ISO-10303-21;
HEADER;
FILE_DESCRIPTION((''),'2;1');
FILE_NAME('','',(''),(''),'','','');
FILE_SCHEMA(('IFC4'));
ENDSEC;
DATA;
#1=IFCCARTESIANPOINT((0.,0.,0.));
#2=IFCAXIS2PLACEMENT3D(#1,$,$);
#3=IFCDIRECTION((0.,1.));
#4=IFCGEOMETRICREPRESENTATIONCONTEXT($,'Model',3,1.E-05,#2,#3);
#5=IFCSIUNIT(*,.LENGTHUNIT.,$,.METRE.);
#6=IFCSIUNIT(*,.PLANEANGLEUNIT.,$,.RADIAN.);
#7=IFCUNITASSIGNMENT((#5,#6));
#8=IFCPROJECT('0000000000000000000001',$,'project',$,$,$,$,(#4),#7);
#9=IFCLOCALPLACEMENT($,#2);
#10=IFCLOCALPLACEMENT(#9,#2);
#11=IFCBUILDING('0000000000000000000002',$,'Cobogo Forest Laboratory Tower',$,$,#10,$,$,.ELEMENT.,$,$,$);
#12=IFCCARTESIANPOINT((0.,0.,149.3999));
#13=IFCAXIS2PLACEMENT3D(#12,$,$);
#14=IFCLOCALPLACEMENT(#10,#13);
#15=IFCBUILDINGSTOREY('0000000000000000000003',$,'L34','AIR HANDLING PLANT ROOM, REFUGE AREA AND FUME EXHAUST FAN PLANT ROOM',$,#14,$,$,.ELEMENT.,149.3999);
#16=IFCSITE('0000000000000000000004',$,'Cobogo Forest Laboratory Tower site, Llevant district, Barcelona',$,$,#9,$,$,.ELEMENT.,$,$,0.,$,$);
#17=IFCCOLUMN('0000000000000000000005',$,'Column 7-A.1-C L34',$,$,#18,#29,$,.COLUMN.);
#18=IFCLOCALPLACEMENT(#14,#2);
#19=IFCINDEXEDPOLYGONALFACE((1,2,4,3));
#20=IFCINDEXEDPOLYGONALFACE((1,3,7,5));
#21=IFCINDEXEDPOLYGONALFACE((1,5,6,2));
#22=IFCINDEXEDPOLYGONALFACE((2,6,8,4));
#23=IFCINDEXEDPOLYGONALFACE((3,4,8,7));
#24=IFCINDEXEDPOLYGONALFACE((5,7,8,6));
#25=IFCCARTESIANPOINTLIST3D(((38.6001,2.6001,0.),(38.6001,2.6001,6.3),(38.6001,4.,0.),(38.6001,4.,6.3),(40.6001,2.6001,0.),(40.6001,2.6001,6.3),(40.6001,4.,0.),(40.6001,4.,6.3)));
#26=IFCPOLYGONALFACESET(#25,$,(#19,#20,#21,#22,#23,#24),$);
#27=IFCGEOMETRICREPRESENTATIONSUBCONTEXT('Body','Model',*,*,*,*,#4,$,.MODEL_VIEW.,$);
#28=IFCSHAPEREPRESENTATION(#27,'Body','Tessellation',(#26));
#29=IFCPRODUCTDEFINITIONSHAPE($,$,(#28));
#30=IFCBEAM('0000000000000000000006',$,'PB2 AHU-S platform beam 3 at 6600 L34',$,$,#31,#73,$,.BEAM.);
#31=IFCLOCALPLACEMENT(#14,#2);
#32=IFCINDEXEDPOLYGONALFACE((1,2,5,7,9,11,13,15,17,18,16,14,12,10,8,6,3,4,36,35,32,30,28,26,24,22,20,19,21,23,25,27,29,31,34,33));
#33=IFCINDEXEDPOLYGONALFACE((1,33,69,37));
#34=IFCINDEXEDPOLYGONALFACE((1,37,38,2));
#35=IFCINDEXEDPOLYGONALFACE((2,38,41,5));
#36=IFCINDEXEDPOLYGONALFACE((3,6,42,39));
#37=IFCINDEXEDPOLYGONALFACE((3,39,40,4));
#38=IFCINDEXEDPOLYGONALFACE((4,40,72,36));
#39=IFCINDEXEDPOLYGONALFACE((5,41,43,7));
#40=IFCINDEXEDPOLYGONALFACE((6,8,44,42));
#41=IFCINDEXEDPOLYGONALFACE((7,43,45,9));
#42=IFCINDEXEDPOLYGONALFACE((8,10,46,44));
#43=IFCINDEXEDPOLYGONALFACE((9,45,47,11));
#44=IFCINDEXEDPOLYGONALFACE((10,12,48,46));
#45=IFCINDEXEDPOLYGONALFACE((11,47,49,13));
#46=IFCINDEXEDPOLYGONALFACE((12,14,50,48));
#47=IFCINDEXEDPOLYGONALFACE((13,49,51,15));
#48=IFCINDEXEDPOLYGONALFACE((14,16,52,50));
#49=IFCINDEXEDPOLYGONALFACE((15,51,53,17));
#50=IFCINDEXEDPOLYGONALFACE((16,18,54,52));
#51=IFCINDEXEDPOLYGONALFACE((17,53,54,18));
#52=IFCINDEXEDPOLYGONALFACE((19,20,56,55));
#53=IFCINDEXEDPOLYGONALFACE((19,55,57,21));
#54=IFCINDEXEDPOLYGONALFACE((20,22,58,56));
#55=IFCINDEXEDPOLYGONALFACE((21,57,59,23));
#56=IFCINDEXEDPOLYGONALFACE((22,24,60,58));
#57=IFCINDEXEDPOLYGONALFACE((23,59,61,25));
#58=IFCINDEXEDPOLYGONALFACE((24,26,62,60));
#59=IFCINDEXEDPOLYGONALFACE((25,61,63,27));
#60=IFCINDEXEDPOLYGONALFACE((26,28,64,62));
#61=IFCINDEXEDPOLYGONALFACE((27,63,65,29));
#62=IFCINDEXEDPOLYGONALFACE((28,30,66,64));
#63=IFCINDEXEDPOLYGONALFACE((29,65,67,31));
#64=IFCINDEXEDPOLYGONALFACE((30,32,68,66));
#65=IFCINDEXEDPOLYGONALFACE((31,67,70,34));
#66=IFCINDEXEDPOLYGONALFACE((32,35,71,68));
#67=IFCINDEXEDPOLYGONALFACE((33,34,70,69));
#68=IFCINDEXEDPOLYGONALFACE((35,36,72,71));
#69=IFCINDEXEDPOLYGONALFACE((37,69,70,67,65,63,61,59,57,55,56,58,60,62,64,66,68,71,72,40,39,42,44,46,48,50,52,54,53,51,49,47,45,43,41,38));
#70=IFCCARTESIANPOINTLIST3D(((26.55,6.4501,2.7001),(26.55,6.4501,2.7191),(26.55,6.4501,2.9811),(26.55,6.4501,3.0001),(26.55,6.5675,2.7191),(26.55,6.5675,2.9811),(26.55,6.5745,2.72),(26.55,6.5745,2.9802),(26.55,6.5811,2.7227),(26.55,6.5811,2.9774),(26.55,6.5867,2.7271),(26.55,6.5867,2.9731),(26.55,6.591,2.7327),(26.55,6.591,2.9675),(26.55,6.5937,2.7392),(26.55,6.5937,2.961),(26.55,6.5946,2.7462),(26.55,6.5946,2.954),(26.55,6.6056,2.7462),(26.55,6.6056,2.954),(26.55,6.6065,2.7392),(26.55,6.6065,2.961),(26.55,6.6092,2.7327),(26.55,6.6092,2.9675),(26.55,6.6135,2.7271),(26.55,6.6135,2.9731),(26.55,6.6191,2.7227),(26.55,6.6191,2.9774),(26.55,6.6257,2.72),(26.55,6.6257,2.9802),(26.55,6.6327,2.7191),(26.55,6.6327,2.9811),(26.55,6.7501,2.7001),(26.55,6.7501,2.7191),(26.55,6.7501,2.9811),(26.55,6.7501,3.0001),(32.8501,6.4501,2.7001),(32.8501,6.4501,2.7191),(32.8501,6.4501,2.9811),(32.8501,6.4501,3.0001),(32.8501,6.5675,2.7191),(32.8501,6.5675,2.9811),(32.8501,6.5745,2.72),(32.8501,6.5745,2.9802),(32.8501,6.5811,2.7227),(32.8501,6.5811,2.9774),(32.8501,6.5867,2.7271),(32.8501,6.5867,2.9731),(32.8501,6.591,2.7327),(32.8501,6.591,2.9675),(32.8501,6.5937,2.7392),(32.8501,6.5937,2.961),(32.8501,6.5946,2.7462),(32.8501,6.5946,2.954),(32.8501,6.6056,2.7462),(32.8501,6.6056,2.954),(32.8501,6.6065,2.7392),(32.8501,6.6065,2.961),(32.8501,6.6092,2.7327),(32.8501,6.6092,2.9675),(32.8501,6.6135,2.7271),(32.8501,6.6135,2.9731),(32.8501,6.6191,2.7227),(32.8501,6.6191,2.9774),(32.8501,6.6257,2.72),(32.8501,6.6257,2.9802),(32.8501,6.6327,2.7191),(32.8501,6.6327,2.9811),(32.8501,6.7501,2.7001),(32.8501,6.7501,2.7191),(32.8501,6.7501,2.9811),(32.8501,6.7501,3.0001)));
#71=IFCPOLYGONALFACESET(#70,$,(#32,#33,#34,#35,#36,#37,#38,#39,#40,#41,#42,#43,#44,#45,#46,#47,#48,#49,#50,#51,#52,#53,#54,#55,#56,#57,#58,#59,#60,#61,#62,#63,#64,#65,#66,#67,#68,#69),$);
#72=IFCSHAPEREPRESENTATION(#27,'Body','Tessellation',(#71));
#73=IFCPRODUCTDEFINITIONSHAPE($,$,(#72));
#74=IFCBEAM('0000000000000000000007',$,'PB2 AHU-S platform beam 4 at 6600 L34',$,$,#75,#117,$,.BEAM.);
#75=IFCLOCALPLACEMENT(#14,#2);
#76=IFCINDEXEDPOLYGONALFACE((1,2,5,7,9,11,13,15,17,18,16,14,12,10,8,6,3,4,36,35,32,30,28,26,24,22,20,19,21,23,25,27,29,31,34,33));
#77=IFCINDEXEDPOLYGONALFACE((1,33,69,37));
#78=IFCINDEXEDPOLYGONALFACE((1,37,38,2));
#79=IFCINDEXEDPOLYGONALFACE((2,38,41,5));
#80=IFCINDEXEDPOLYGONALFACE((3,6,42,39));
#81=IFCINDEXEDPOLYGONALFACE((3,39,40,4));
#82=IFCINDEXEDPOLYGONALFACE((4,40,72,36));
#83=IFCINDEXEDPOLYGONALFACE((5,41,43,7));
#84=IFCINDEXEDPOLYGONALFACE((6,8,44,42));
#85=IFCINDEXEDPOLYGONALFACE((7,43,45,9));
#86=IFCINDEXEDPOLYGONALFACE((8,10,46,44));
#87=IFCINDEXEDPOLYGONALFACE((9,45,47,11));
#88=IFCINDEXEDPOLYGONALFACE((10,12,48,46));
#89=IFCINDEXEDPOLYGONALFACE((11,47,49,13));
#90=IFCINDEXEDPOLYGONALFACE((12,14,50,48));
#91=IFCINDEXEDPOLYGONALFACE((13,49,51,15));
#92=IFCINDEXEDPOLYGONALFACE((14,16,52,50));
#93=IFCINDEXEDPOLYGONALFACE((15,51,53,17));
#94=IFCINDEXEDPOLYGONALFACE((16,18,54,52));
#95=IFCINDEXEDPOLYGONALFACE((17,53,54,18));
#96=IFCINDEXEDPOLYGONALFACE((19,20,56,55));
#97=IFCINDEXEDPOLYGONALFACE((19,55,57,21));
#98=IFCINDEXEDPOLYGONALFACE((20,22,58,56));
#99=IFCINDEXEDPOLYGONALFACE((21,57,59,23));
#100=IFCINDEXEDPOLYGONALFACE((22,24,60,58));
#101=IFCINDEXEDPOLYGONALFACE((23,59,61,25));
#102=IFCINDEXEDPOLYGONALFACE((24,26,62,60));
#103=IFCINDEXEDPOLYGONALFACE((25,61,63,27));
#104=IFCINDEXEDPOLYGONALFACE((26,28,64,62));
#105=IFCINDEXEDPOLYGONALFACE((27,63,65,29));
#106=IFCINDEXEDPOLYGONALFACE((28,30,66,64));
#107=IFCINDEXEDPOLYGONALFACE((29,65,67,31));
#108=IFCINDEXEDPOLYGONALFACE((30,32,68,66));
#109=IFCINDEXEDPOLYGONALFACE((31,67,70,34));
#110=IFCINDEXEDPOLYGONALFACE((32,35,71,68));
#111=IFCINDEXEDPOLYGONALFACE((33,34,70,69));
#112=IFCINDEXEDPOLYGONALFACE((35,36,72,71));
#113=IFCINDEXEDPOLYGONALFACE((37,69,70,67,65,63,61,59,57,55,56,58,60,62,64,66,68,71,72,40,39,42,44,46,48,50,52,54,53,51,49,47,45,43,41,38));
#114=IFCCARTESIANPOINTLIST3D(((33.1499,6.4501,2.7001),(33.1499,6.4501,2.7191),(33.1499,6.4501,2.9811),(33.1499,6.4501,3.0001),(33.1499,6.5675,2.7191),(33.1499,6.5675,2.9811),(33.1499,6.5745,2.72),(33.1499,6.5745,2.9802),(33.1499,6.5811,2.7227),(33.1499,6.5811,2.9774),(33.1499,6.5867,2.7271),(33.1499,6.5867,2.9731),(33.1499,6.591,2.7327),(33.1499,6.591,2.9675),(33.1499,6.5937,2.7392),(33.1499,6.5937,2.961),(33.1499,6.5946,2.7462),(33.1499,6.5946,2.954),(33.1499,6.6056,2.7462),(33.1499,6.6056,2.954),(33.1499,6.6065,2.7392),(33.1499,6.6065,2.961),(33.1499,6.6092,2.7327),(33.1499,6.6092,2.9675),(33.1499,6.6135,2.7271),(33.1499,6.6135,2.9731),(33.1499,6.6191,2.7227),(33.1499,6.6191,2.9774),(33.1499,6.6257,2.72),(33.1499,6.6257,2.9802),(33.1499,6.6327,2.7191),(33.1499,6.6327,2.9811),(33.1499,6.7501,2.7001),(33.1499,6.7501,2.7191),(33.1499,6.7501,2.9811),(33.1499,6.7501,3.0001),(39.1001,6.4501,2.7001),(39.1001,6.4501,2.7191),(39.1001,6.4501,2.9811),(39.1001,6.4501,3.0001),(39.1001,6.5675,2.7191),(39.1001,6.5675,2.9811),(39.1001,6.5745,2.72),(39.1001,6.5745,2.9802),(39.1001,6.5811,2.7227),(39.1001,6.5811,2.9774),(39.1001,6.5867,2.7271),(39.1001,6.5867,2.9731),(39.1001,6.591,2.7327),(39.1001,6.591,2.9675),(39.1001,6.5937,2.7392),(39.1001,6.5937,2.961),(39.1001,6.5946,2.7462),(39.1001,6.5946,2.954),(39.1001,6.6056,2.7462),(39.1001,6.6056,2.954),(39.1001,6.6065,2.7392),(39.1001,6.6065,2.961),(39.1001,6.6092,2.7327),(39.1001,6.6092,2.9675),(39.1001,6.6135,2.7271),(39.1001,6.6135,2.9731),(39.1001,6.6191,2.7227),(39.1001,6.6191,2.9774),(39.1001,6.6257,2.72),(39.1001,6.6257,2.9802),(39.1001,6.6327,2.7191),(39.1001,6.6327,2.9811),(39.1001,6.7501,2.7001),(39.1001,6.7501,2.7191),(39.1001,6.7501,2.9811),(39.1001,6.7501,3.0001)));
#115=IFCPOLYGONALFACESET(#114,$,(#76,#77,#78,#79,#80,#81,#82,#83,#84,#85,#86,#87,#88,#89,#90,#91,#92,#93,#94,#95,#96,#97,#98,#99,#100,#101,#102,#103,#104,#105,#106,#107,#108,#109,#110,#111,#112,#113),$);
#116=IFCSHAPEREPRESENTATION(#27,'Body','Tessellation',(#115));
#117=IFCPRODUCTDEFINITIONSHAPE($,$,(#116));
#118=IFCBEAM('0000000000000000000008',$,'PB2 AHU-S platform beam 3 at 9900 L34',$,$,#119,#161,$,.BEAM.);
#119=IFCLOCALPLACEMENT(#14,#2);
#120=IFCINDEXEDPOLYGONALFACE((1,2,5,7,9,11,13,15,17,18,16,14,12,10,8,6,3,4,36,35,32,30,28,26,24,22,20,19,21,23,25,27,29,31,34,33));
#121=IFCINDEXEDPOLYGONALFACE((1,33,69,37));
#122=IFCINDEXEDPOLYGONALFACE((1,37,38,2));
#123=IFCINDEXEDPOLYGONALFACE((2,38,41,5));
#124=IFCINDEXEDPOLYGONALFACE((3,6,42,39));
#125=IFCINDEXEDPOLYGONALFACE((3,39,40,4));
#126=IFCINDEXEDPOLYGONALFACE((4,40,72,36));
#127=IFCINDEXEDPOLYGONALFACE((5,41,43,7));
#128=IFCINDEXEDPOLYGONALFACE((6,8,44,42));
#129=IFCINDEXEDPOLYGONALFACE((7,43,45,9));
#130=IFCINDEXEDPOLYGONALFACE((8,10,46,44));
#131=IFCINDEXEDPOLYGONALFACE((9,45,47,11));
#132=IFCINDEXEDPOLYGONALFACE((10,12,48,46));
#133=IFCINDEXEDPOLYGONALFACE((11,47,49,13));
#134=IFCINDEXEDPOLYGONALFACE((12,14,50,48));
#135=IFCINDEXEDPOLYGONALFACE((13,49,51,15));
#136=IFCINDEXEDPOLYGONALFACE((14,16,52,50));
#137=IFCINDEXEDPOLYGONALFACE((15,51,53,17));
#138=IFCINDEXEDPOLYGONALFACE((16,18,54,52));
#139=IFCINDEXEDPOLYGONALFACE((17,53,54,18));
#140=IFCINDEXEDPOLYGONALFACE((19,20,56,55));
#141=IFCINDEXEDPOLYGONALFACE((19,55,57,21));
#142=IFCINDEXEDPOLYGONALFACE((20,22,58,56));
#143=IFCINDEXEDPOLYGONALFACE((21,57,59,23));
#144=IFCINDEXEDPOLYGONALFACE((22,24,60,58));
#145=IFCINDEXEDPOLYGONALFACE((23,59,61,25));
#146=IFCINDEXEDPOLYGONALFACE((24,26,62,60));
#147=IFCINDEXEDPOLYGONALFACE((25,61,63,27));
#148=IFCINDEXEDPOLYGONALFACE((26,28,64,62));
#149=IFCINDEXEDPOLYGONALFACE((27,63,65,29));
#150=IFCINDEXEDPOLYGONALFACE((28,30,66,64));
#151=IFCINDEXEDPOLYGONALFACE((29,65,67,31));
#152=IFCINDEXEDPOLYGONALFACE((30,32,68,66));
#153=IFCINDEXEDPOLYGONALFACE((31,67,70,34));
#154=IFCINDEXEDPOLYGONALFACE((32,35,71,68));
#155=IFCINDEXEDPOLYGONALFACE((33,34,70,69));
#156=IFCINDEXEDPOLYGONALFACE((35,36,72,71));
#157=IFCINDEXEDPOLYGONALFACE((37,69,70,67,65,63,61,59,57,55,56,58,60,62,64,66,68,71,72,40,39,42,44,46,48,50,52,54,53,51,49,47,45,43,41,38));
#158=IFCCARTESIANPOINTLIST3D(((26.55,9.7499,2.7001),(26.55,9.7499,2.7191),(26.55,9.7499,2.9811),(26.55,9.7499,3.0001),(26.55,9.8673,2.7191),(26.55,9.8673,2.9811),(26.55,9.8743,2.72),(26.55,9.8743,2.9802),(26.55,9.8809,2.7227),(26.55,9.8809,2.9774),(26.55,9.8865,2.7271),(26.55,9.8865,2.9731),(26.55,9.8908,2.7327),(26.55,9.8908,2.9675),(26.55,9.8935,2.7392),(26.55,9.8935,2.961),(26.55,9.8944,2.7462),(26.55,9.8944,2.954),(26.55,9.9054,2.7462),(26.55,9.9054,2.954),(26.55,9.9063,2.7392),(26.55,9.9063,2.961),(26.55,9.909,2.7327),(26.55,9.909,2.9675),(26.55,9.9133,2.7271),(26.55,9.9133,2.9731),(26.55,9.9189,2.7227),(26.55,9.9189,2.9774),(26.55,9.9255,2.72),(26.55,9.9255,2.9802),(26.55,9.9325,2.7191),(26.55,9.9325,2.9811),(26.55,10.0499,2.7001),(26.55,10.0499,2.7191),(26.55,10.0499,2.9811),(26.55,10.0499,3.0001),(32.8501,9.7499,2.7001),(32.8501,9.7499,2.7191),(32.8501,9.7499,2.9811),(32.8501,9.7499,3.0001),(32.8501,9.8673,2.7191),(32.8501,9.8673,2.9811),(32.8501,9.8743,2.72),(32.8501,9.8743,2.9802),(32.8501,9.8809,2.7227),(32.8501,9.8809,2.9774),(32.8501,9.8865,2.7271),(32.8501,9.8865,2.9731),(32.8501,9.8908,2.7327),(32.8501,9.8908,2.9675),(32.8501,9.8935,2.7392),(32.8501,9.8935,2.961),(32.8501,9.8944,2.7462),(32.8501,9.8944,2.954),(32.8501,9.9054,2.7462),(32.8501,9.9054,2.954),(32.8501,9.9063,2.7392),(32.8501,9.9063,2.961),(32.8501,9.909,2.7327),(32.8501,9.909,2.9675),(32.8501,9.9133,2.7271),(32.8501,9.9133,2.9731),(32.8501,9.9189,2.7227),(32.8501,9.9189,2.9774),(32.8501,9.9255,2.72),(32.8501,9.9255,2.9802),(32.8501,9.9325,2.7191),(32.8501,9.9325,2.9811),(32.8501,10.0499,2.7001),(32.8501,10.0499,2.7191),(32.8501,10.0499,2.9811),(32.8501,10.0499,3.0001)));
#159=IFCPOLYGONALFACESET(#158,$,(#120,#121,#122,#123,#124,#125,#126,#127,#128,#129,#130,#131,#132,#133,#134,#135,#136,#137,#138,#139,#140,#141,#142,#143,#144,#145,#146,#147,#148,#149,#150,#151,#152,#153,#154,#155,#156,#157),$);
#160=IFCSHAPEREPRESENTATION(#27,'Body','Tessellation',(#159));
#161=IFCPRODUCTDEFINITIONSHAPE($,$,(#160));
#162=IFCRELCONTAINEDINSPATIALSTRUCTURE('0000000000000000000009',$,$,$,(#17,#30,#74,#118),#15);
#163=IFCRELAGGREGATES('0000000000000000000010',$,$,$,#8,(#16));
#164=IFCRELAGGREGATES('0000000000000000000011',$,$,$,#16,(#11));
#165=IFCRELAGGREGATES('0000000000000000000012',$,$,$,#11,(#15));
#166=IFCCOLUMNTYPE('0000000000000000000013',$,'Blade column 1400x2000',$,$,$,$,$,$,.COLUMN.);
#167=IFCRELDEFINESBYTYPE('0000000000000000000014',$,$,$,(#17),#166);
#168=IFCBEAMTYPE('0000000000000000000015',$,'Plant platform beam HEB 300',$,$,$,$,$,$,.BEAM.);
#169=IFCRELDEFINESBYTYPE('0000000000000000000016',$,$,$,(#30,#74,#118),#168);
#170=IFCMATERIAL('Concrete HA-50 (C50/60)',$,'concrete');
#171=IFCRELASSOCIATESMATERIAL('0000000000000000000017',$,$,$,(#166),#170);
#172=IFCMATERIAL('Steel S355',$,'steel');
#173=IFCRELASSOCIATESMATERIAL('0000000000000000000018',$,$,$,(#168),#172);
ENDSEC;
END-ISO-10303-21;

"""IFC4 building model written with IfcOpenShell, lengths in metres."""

from ifc_helpers import new_model, si_unit, direction, frame, origin, origin_2d, place, context, subcontext, project, spatial, rectangle, i_section, extrude, material, material_profile, profile_set, type_object, element, save


model = new_model("IFC4")

# Units and contexts
model_context = context("Model", 3, precision=1e-05, world=origin(), true_north=direction((0.0, 1.0)))
body_context = subcontext(model_context, "Body", "Model", "MODEL_VIEW")
ifc_project = project(units=[si_unit("LENGTHUNIT", "METRE"), si_unit("PLANEANGLEUNIT", "RADIAN")], contexts=[model_context])

# Site, building, storey
site_placement = place(None, origin())
site = spatial("IfcSite", under=ifc_project, at=site_placement, Name="Cobogo Forest Laboratory Tower site, Llevant district, Barcelona", CompositionType="ELEMENT", RefElevation=0.0)
building_placement = place(site_placement, origin())
building = spatial("IfcBuilding", under=site, at=building_placement, Name="Cobogo Forest Laboratory Tower", CompositionType="ELEMENT")
storey_placement = place(building_placement, frame((0.0, 0.0, 149.3999)))
storey = spatial("IfcBuildingStorey", under=building, at=storey_placement, Name="L34", Description="AIR HANDLING PLANT ROOM, REFUGE AREA AND FUME EXHAUST FAN PLANT ROOM", CompositionType="ELEMENT", Elevation=149.3999)

# Column
ifc_material_1 = material(Name="Concrete HA-50 (C50/60)", Category="concrete")
ifc_material_profile_1 = material_profile(ifc_material_1, rectangle(XDim=2.0, YDim=1.3999, at=origin_2d()), Name="RC 1400x2000")
ifc_profile_set_1 = profile_set([ifc_material_profile_1], Name="Concrete HA-50 (C50/60)")
column_type = type_object("IfcColumnType", Name="Blade column 1400x2000", PredefinedType="COLUMN", material=ifc_profile_set_1)
column_placement = place(storey_placement, frame((39.6001, 3.3, 0.0), z_axis=(0.0, 0.0, 1.0), x_axis=(1.0, 0.0, 0.0)))
element("IfcColumn", 1, at=column_placement, inside=storey, type_object=column_type, Name="Column 7-A.1-C L34", PredefinedType="COLUMN", context=body_context, shape_type="SweptSolid", body=[
    extrude(rectangle(XDim=2.0, YDim=1.3999, at=origin_2d()), origin(), (0.0, 0.0, 1.0), 6.3),
])

# Beams
ifc_material_2 = material(Name="Steel S355", Category="steel")
ifc_material_profile_2 = material_profile(ifc_material_2, i_section(OverallWidth=0.3, OverallDepth=0.3, WebThickness=0.011, FlangeThickness=0.019, FilletRadius=0.0271, at=origin_2d()), Name="HEB 300")
ifc_profile_set_2 = profile_set([ifc_material_profile_2], Name="Steel S355")
beam_type_1 = type_object("IfcBeamType", Name="Plant platform beam HEB 300", PredefinedType="BEAM", material=ifc_profile_set_2)
beam_1_placement = place(storey_placement, frame((26.55, 6.6001, 2.8501), z_axis=(1.0, 0.0, 0.0), x_axis=(0.0, 1.0, 0.0)))
element("IfcBeam", 2, at=beam_1_placement, inside=storey, type_object=beam_type_1, Name="PB2 AHU-S platform beam 3 at 6600 L34", PredefinedType="BEAM", context=body_context, shape_type="SweptSolid", body=[
    extrude(i_section(OverallWidth=0.3, OverallDepth=0.3, WebThickness=0.011, FlangeThickness=0.019, FilletRadius=0.0271, at=origin_2d()), origin(), (0.0, 0.0, 1.0), 6.3),
])
beam_2_placement = place(storey_placement, frame((33.1499, 6.6001, 2.8501), z_axis=(1.0, 0.0, 0.0), x_axis=(0.0, 1.0, 0.0)))
element("IfcBeam", 3, at=beam_2_placement, inside=storey, type_object=beam_type_1, Name="PB2 AHU-S platform beam 4 at 6600 L34", PredefinedType="BEAM", context=body_context, shape_type="SweptSolid", body=[
    extrude(i_section(OverallWidth=0.3, OverallDepth=0.3, WebThickness=0.011, FlangeThickness=0.019, FilletRadius=0.0271, at=origin_2d()), origin(), (0.0, 0.0, 1.0), 5.9502),
])
beam_3_placement = place(storey_placement, frame((26.55, 9.8999, 2.8501), z_axis=(1.0, 0.0, 0.0), x_axis=(0.0, 1.0, 0.0)))
element("IfcBeam", 4, at=beam_3_placement, inside=storey, type_object=beam_type_1, Name="PB2 AHU-S platform beam 3 at 9900 L34", PredefinedType="BEAM", context=body_context, shape_type="SweptSolid", body=[
    extrude(i_section(OverallWidth=0.3, OverallDepth=0.3, WebThickness=0.011, FlangeThickness=0.019, FilletRadius=0.0271, at=origin_2d()), origin(), (0.0, 0.0, 1.0), 6.3),
])

save(model, "model.ifc")
